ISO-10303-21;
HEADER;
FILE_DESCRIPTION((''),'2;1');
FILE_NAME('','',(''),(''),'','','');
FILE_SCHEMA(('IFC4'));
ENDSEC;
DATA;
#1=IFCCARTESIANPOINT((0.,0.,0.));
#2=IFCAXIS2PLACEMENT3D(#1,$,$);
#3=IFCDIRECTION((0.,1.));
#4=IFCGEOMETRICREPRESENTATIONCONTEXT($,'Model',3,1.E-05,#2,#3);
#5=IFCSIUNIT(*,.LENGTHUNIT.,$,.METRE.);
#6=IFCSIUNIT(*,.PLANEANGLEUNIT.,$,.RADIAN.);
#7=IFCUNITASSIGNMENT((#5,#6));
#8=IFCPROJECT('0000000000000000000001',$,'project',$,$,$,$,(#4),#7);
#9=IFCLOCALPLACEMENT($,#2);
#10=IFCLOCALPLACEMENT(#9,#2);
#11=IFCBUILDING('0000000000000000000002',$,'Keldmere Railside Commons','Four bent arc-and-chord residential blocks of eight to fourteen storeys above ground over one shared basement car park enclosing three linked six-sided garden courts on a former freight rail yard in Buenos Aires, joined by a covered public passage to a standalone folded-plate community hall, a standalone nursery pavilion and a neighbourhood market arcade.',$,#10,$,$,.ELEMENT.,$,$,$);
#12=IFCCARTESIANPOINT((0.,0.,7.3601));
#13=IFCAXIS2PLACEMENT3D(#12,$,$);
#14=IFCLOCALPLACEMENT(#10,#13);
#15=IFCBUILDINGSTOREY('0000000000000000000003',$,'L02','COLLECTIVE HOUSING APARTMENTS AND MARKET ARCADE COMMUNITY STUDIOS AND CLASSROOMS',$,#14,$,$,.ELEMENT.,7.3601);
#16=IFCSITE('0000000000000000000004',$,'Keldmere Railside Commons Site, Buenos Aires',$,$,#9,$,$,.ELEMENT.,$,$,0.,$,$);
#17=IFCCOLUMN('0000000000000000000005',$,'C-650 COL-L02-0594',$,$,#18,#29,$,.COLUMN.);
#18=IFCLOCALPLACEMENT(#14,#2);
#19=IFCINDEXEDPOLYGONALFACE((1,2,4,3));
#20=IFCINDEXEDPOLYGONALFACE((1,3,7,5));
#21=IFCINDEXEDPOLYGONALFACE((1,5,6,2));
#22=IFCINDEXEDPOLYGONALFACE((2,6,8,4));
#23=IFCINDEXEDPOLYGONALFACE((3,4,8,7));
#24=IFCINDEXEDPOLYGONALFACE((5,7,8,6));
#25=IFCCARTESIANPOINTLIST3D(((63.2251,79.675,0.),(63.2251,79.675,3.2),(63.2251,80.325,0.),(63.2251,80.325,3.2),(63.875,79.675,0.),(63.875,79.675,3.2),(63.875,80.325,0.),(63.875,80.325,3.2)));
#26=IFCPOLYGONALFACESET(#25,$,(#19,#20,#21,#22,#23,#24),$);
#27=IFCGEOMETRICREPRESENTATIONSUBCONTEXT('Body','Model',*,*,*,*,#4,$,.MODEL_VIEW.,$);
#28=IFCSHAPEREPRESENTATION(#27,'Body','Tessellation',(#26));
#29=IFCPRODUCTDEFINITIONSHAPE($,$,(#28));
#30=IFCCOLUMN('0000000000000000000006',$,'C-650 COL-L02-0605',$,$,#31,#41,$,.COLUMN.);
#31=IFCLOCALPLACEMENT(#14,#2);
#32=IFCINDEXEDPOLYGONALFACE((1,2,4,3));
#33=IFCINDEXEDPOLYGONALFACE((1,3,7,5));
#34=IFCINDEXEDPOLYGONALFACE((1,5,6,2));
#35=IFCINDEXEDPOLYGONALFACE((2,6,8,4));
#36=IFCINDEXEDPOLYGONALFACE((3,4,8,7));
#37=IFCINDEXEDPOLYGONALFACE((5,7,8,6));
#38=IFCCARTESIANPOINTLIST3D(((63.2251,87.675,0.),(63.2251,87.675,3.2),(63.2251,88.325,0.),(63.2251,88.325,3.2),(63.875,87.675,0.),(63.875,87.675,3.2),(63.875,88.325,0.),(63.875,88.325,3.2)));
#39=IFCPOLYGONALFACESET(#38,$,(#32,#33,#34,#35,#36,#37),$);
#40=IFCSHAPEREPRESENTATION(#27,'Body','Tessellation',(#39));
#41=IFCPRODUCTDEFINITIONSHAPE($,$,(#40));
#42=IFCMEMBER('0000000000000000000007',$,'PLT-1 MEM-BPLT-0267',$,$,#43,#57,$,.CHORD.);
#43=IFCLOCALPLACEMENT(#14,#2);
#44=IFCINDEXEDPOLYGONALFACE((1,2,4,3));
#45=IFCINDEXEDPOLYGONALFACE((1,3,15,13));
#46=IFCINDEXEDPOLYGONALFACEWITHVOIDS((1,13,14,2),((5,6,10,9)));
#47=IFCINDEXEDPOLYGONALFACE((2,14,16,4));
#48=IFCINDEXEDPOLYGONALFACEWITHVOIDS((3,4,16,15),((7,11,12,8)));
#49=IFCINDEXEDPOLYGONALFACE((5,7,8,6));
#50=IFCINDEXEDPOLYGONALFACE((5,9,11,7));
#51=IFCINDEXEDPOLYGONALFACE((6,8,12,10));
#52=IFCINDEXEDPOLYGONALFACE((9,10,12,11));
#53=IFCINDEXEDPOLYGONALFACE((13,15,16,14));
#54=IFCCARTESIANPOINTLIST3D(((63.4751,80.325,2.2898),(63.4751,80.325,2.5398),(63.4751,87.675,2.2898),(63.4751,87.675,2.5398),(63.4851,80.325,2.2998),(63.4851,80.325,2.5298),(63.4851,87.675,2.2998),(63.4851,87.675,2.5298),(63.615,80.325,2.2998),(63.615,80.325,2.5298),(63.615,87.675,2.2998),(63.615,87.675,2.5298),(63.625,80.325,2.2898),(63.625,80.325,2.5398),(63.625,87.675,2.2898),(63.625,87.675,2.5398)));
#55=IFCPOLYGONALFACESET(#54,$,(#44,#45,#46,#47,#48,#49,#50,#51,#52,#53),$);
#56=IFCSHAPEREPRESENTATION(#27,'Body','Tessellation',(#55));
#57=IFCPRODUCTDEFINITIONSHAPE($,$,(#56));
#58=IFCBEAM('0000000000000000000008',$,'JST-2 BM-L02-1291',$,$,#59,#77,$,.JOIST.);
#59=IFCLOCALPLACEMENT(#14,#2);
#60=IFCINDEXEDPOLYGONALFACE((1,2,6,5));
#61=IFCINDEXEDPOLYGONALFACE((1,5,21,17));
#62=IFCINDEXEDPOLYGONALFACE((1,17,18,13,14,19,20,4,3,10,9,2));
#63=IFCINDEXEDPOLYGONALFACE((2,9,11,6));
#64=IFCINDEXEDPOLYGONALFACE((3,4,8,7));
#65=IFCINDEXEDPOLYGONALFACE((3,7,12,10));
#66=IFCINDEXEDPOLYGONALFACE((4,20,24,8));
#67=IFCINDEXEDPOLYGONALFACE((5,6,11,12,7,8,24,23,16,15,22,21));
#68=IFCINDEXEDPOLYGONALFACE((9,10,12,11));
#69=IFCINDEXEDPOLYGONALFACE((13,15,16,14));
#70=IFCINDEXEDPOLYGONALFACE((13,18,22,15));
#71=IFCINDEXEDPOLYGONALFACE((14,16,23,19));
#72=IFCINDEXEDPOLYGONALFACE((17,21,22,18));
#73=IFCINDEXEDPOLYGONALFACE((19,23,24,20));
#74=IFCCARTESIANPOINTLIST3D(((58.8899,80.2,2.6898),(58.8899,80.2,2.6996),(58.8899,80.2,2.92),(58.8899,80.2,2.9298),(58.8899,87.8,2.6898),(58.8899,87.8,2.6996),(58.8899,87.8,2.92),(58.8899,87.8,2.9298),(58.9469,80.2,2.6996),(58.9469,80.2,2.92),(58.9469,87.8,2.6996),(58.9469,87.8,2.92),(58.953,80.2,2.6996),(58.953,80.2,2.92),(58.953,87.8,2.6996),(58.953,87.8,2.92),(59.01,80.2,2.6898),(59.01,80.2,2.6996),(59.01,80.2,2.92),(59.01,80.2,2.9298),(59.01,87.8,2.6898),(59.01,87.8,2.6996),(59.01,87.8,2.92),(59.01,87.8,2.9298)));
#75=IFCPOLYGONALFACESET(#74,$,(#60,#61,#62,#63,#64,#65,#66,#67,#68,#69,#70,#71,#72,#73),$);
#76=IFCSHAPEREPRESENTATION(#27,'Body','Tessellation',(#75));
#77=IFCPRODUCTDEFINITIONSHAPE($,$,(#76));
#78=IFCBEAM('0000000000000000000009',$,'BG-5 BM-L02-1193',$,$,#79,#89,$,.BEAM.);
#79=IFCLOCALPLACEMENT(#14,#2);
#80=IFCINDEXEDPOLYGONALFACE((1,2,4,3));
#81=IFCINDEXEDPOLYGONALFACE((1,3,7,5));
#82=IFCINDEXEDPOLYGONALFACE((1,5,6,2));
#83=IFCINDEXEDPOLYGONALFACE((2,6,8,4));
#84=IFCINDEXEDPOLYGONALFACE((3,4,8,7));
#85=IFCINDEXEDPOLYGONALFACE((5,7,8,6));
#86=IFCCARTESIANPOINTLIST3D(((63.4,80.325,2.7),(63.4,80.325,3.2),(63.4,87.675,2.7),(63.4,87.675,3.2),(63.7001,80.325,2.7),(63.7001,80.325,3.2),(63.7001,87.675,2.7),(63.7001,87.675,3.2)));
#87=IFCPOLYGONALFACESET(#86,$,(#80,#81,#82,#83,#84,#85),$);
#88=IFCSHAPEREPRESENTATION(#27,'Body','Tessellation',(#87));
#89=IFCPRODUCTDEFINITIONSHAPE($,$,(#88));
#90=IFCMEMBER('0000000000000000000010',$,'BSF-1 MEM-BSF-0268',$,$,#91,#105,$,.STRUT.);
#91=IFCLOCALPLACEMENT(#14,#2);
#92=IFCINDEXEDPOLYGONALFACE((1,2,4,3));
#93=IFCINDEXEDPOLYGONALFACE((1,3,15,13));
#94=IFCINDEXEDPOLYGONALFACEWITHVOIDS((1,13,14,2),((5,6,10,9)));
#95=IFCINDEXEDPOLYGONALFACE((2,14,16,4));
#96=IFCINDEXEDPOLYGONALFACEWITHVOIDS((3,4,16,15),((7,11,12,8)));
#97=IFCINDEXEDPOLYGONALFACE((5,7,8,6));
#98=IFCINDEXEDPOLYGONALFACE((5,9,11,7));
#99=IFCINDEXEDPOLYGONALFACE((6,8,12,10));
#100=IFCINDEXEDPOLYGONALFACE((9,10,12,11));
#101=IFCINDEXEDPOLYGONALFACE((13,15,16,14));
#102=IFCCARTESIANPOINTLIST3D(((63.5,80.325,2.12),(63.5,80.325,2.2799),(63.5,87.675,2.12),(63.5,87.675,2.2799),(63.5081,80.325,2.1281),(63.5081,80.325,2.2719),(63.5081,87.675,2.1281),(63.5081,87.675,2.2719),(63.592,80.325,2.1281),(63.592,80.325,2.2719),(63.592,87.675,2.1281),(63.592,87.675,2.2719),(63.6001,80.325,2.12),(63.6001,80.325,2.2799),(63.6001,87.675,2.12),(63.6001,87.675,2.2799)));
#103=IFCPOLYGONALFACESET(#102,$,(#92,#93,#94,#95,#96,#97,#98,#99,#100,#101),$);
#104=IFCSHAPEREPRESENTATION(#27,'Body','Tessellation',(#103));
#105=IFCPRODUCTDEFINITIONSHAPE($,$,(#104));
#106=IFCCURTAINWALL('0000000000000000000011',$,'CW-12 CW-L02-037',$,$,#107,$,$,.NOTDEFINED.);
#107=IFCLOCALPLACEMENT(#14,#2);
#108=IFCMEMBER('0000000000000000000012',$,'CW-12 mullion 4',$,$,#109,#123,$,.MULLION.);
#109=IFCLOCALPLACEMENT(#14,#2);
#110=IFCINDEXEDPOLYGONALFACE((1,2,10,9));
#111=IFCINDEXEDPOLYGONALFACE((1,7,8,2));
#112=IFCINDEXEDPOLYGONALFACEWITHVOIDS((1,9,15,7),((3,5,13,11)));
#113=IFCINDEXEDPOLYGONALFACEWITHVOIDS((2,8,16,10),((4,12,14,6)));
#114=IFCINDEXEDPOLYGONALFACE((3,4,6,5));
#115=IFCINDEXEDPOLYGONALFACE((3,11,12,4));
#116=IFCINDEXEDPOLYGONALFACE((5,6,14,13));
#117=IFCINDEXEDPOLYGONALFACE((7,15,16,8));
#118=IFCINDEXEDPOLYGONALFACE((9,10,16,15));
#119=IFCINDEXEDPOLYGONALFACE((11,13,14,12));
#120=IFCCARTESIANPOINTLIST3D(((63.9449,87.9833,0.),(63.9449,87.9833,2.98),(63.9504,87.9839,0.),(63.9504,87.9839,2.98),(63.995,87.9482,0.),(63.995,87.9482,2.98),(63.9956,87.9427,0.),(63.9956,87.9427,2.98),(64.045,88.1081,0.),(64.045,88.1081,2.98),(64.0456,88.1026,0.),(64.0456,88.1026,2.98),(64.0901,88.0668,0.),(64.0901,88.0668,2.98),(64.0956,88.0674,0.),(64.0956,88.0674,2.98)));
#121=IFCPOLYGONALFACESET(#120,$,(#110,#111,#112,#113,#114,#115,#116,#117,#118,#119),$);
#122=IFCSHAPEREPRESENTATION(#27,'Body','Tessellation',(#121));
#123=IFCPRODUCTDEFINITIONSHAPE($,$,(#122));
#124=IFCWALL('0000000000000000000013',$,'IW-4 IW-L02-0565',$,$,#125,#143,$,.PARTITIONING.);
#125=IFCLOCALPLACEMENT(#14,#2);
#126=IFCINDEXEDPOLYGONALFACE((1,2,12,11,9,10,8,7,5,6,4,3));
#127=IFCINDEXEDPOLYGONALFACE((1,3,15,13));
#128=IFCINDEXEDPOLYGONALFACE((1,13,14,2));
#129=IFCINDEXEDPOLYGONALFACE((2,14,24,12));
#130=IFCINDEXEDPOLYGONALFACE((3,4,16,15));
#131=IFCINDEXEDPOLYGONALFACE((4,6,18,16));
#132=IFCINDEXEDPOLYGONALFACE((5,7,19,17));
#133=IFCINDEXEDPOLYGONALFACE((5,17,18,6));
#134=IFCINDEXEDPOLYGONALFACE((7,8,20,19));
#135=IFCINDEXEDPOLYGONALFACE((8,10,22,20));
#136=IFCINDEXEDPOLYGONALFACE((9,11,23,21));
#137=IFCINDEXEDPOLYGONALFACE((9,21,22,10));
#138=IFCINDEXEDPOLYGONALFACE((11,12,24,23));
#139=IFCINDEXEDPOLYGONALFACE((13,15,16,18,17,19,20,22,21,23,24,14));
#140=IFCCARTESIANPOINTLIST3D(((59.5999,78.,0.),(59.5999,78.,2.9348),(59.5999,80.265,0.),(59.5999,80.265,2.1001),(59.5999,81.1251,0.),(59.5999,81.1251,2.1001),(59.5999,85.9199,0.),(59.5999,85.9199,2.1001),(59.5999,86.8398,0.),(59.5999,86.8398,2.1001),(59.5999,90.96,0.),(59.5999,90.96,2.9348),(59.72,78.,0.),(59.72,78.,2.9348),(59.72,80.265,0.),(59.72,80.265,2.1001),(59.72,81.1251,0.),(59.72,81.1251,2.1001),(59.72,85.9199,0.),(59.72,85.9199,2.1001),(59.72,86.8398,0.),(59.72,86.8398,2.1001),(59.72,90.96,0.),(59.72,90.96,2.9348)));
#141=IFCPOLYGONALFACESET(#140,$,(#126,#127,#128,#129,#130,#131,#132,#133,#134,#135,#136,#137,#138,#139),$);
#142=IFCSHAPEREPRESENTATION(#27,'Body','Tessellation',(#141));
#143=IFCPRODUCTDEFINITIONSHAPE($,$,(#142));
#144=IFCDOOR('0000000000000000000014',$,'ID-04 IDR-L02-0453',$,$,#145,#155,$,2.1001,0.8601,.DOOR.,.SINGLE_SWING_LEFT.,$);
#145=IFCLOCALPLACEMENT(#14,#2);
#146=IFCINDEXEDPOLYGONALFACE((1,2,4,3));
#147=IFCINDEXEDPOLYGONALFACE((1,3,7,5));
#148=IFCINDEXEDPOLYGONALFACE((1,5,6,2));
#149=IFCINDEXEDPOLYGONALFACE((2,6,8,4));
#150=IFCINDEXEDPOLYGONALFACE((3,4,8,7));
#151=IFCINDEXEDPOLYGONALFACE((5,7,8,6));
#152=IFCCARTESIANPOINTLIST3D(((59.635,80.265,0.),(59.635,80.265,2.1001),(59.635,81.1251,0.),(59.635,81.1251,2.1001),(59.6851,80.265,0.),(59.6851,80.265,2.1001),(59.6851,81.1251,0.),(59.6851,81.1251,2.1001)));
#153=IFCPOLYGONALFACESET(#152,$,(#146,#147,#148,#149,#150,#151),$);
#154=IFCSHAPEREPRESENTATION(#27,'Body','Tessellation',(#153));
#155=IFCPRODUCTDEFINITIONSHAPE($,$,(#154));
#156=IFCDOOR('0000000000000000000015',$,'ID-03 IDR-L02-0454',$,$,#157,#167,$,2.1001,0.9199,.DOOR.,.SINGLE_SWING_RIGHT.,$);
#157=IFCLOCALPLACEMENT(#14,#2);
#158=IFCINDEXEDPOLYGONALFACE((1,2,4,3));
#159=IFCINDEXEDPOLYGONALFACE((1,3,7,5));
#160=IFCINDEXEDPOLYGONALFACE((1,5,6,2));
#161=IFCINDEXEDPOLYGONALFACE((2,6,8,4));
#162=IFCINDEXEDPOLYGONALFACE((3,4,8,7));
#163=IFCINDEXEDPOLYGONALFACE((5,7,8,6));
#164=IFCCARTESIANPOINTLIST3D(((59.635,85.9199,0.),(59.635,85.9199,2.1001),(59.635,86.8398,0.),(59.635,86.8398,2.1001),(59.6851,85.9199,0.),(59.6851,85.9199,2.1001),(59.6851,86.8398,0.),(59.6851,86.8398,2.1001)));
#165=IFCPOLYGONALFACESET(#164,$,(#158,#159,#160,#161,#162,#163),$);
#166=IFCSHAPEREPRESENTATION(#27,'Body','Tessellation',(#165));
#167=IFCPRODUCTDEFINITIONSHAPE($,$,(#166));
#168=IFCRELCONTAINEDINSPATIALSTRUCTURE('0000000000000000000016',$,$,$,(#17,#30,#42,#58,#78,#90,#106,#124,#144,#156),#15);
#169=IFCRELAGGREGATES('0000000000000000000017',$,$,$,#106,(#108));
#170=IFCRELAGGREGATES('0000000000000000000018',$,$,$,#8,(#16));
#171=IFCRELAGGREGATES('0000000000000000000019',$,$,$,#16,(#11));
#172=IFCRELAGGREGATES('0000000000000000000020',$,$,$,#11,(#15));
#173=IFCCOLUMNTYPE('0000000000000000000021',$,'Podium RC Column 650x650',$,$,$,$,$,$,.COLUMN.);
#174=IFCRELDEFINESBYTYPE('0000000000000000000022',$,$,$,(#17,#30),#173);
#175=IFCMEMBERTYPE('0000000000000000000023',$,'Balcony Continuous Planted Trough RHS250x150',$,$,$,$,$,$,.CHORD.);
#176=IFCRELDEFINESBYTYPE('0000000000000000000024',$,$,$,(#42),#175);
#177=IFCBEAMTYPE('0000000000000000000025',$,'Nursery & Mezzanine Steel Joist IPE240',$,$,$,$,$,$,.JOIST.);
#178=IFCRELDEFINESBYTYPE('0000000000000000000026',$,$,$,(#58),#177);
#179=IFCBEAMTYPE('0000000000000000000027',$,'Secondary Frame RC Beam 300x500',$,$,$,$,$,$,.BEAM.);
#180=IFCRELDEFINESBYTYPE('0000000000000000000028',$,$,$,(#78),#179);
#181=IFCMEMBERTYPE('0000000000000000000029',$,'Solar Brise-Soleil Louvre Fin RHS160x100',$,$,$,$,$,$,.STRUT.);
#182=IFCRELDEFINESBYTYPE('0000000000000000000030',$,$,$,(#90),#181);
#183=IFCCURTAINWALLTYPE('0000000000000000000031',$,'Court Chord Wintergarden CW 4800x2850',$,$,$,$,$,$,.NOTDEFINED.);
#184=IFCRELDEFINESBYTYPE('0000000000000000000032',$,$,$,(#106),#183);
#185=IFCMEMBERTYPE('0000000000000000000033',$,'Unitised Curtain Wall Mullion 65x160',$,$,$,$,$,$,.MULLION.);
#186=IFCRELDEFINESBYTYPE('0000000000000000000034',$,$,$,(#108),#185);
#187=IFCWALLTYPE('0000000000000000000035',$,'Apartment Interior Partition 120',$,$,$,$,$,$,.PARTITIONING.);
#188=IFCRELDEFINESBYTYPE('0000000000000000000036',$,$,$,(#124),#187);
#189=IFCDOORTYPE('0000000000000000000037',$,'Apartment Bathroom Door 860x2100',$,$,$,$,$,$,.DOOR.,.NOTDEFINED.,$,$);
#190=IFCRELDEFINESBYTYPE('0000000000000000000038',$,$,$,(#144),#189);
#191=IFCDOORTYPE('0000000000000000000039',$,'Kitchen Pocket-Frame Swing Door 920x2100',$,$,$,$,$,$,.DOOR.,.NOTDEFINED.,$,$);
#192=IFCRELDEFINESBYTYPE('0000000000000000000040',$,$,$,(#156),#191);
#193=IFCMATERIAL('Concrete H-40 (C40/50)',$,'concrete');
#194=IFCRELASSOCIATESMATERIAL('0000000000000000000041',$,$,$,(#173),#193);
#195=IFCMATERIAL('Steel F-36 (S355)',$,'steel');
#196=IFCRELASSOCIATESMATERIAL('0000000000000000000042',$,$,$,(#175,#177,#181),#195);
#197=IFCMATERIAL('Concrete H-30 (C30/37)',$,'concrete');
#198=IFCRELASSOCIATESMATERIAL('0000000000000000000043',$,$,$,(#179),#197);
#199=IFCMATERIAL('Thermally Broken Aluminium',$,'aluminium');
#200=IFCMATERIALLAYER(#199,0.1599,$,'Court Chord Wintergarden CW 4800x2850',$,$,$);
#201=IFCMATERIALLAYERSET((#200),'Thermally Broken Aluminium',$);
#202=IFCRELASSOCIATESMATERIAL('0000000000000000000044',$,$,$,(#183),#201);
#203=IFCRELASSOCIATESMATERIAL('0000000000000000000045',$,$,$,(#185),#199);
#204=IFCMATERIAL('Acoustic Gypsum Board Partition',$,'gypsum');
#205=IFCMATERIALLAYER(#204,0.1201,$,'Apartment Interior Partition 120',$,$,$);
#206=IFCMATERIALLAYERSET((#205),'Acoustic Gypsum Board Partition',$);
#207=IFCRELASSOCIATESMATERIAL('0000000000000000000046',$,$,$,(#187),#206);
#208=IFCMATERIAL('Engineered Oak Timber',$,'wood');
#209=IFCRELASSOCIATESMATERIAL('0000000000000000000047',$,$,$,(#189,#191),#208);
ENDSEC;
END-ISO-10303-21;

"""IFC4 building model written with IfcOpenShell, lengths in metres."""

from ifc_helpers import new_model, si_unit, direction, frame, frame_2d, origin, origin_2d, place, context, subcontext, project, spatial, rectangle, hollow_rectangle, i_section, extrude, material, layer, layer_set, material_profile, profile_set, type_object, element, fill, aggregate, save


model = new_model("IFC4")

# Units and contexts
model_context = context("Model", 3, precision=1e-05, world=origin(), true_north=direction((0.0, 1.0)))
body_context = subcontext(model_context, "Body", "Model", "MODEL_VIEW")
ifc_project = project(units=[si_unit("LENGTHUNIT", "METRE"), si_unit("PLANEANGLEUNIT", "RADIAN")], contexts=[model_context])

# Site, building, storey
site_placement = place(None, origin())
site = spatial("IfcSite", under=ifc_project, at=site_placement, Name="Keldmere Railside Commons Site, Buenos Aires", CompositionType="ELEMENT", RefElevation=0.0)
building_placement = place(site_placement, origin())
building = spatial("IfcBuilding", under=site, at=building_placement, Name="Keldmere Railside Commons", Description="Four bent arc-and-chord residential blocks of eight to fourteen storeys above ground over one shared basement car park enclosing three linked six-sided garden courts on a former freight rail yard in Buenos Aires, joined by a covered public passage to a standalone folded-plate community hall, a standalone nursery pavilion and a neighbourhood market arcade.", CompositionType="ELEMENT")
storey_placement = place(building_placement, frame((0.0, 0.0, 7.3601)))
storey = spatial("IfcBuildingStorey", under=building, at=storey_placement, Name="L02", Description="COLLECTIVE HOUSING APARTMENTS AND MARKET ARCADE COMMUNITY STUDIOS AND CLASSROOMS", CompositionType="ELEMENT", Elevation=7.3601)

# Columns
ifc_material_1 = material(Name="Concrete H-40 (C40/50)", Category="concrete")
ifc_material_profile_1 = material_profile(ifc_material_1, rectangle(XDim=0.6499, YDim=0.6499, at=origin_2d()), Name="RC-650x650")
ifc_profile_set_1 = profile_set([ifc_material_profile_1], Name="Concrete H-40 (C40/50)")
column_type = type_object("IfcColumnType", Name="Podium RC Column 650x650", PredefinedType="COLUMN", material=ifc_profile_set_1)
for number, where, z_axis, x_axis, name in (
    (1, (63.55, 80.0, 0.0), (0.0, 0.0, 1.0), (1.0, 0.0, 0.0), "C-650 COL-L02-0594"),
    (2, (63.55, 88.0, 0.0), (0.0, 0.0, 1.0), (1.0, 0.0, 0.0), "C-650 COL-L02-0605"),
):
    element("IfcColumn", number, at=place(storey_placement, frame(where, z_axis=z_axis, x_axis=x_axis)), inside=storey, type_object=column_type, Name=name, PredefinedType="COLUMN", context=body_context, shape_type="SweptSolid", body=[
        extrude(rectangle(XDim=0.6499, YDim=0.6499, at=origin_2d()), origin(), (0.0, 0.0, 1.0), 3.2),
    ])

# Member
ifc_material_2 = material(Name="Steel F-36 (S355)", Category="steel")
ifc_material_profile_2 = material_profile(ifc_material_2, hollow_rectangle(XDim=0.1499, YDim=0.25, WallThickness=0.01, at=origin_2d()), Name="RHS-250x150x10")
ifc_profile_set_2 = profile_set([ifc_material_profile_2], Name="Steel F-36 (S355)")
member_type_1 = type_object("IfcMemberType", Name="Balcony Continuous Planted Trough RHS250x150", PredefinedType="CHORD", material=ifc_profile_set_2)
member_1_placement = place(storey_placement, frame((63.55, 80.325, 2.4148), z_axis=(0.0, 1.0, 0.0), x_axis=(-1.0, 0.0, 0.0)))
element("IfcMember", 3, at=member_1_placement, inside=storey, type_object=member_type_1, Name="PLT-1 MEM-BPLT-0267", PredefinedType="CHORD", context=body_context, shape_type="SweptSolid", body=[
    extrude(hollow_rectangle(XDim=0.1499, YDim=0.25, WallThickness=0.01, at=origin_2d()), origin(), (0.0, 0.0, 1.0), 7.3501),
])

# Beams
ifc_material_profile_3 = material_profile(ifc_material_2, i_section(OverallWidth=0.1201, OverallDepth=0.24, WebThickness=0.0061, FlangeThickness=0.0098, at=origin_2d()), Name="IPE-240")
ifc_profile_set_3 = profile_set([ifc_material_profile_3], Name="Steel F-36 (S355)")
beam_type_1 = type_object("IfcBeamType", Name="Nursery & Mezzanine Steel Joist IPE240", PredefinedType="JOIST", material=ifc_profile_set_3)
beam_1_placement = place(storey_placement, frame((58.95, 80.2, 2.8098), z_axis=(0.0, 1.0, 0.0), x_axis=(-1.0, 0.0, 0.0)))
element("IfcBeam", 4, at=beam_1_placement, inside=storey, type_object=beam_type_1, Name="JST-2 BM-L02-1291", PredefinedType="JOIST", context=body_context, shape_type="SweptSolid", body=[
    extrude(i_section(OverallWidth=0.1201, OverallDepth=0.24, WebThickness=0.0061, FlangeThickness=0.0098, at=origin_2d()), origin(), (0.0, 0.0, 1.0), 7.6001),
])
ifc_material_3 = material(Name="Concrete H-30 (C30/37)", Category="concrete")
ifc_material_profile_4 = material_profile(ifc_material_3, rectangle(XDim=0.3, YDim=0.5, at=origin_2d()), Name="RC-300x500")
ifc_profile_set_4 = profile_set([ifc_material_profile_4], Name="Concrete H-30 (C30/37)")
beam_type_2 = type_object("IfcBeamType", Name="Secondary Frame RC Beam 300x500", PredefinedType="BEAM", material=ifc_profile_set_4)
beam_2_placement = place(storey_placement, frame((63.55, 80.325, 2.95), z_axis=(0.0, 1.0, 0.0), x_axis=(-1.0, 0.0, 0.0)))
element("IfcBeam", 5, at=beam_2_placement, inside=storey, type_object=beam_type_2, Name="BG-5 BM-L02-1193", PredefinedType="BEAM", context=body_context, shape_type="SweptSolid", body=[
    extrude(rectangle(XDim=0.3, YDim=0.5, at=origin_2d()), origin(), (0.0, 0.0, 1.0), 7.3501),
])

# Member
ifc_material_profile_5 = material_profile(ifc_material_2, hollow_rectangle(XDim=0.1001, YDim=0.1599, WallThickness=0.0081, at=origin_2d()), Name="RHS-160x100x8")
ifc_profile_set_5 = profile_set([ifc_material_profile_5], Name="Steel F-36 (S355)")
member_type_2 = type_object("IfcMemberType", Name="Solar Brise-Soleil Louvre Fin RHS160x100", PredefinedType="STRUT", material=ifc_profile_set_5)
member_2_placement = place(storey_placement, frame((63.55, 80.325, 2.2), z_axis=(0.0, 1.0, 0.0), x_axis=(-1.0, 0.0, 0.0)))
element("IfcMember", 6, at=member_2_placement, inside=storey, type_object=member_type_2, Name="BSF-1 MEM-BSF-0268", PredefinedType="STRUT", context=body_context, shape_type="SweptSolid", body=[
    extrude(hollow_rectangle(XDim=0.1001, YDim=0.1599, WallThickness=0.0081, at=origin_2d()), origin(), (0.0, 0.0, 1.0), 7.3501),
])

# Curtain wall, member
ifc_material_4 = material(Name="Thermally Broken Aluminium", Category="aluminium")
ifc_layer_1 = layer(ifc_material_4, 0.1599, Name="Court Chord Wintergarden CW 4800x2850")
ifc_layer_set_1 = layer_set([ifc_layer_1], Name="Thermally Broken Aluminium")
curtain_wall_type = type_object("IfcCurtainWallType", Name="Court Chord Wintergarden CW 4800x2850", PredefinedType="NOTDEFINED", material=ifc_layer_set_1)
curtain_wall_placement = place(storey_placement, origin())
curtain_wall = element("IfcCurtainWall", 7, at=curtain_wall_placement, inside=storey, type_object=curtain_wall_type, Name="CW-12 CW-L02-037", PredefinedType="NOTDEFINED")
ifc_material_profile_6 = material_profile(ifc_material_4, hollow_rectangle(XDim=0.0649, YDim=0.1599, WallThickness=0.0039, at=origin_2d()), Name="ALU-MULL-65x160")
ifc_profile_set_6 = profile_set([ifc_material_profile_6], Name="Thermally Broken Aluminium")
member_type_3 = type_object("IfcMemberType", Name="Unitised Curtain Wall Mullion 65x160", PredefinedType="MULLION", material=ifc_profile_set_6)
member_3_placement = place(storey_placement, frame((64.0203, 88.0254, 0.0), z_axis=(0.0, 0.0, 1.0), x_axis=(0.780009, -0.625768, 0.0)))
member_3 = element("IfcMember", 8, at=member_3_placement, type_object=member_type_3, Name="CW-12 mullion 4", PredefinedType="MULLION", context=body_context, shape_type="SweptSolid", body=[
    extrude(hollow_rectangle(XDim=0.0649, YDim=0.1599, WallThickness=0.0039, at=origin_2d()), origin(), (0.0, 0.0, 1.0), 2.98),
])
aggregate(curtain_wall, [member_3])

# Wall, openings, doors
ifc_material_5 = material(Name="Acoustic Gypsum Board Partition", Category="gypsum")
ifc_layer_2 = layer(ifc_material_5, 0.1201, Name="Apartment Interior Partition 120")
ifc_layer_set_2 = layer_set([ifc_layer_2], Name="Acoustic Gypsum Board Partition")
wall_type_1 = type_object("IfcWallType", Name="Apartment Interior Partition 120", PredefinedType="PARTITIONING", material=ifc_layer_set_2)
wall_1_placement = place(storey_placement, frame((59.6599, 78.0, 0.0), z_axis=(0.0, 0.0, 1.0), x_axis=(0.0, 1.0, 0.0)))
wall_1 = element("IfcWall", 9, at=wall_1_placement, inside=storey, type_object=wall_type_1, Name="IW-4 IW-L02-0565", PredefinedType="PARTITIONING", context=body_context, shape_type="SweptSolid", body=[
    extrude(rectangle(XDim=12.96, YDim=0.1201, at=frame_2d((6.48, 0.0))), origin(), (0.0, 0.0, 1.0), 2.9348),
])
opening_1_placement = place(wall_1_placement, frame((2.2649, 0.0, 0.0)))
opening_1 = element("IfcOpeningElement", 10, at=opening_1_placement, cuts=wall_1, PredefinedType="OPENING", context=body_context, shape_type="SweptSolid", body=[
    extrude(rectangle(XDim=0.8601, YDim=2.1001, at=frame_2d((0.4302, 1.05))), frame((0.0, 0.0701, 0.0), z_axis=(0.0, -1.0, 0.0), x_axis=(1.0, 0.0, 0.0)), (0.0, 0.0, 1.0), 0.1401),
])
opening_2_placement = place(wall_1_placement, frame((7.9199, 0.0, 0.0)))
opening_2 = element("IfcOpeningElement", 11, at=opening_2_placement, cuts=wall_1, PredefinedType="OPENING", context=body_context, shape_type="SweptSolid", body=[
    extrude(rectangle(XDim=0.9199, YDim=2.1001, at=frame_2d((0.46, 1.05))), frame((0.0, 0.0701, 0.0), z_axis=(0.0, -1.0, 0.0), x_axis=(1.0, 0.0, 0.0)), (0.0, 0.0, 1.0), 0.1401),
])
ifc_material_6 = material(Name="Engineered Oak Timber", Category="wood")
door_type_1 = type_object("IfcDoorType", Name="Apartment Bathroom Door 860x2100", OperationType="NOTDEFINED", PredefinedType="DOOR", material=ifc_material_6)
door_1_placement = place(opening_1_placement, origin())
door_1 = element("IfcDoor", 12, at=door_1_placement, inside=storey, type_object=door_type_1, Name="ID-04 IDR-L02-0453", OperationType="SINGLE_SWING_LEFT", OverallHeight=2.1001, OverallWidth=0.8601, PredefinedType="DOOR", context=body_context, shape_type="SweptSolid", body=[
    extrude(rectangle(XDim=0.8601, YDim=2.1001, at=frame_2d((0.4302, 1.05))), frame((0.0, 0.0249, 0.0), z_axis=(0.0, -1.0, 0.0), x_axis=(1.0, 0.0, 0.0)), (0.0, 0.0, 1.0), 0.05),
])
fill(opening_1, door_1)
door_type_2 = type_object("IfcDoorType", Name="Kitchen Pocket-Frame Swing Door 920x2100", OperationType="NOTDEFINED", PredefinedType="DOOR", material=ifc_material_6)
door_2_placement = place(opening_2_placement, origin())
door_2 = element("IfcDoor", 13, at=door_2_placement, inside=storey, type_object=door_type_2, Name="ID-03 IDR-L02-0454", OperationType="SINGLE_SWING_RIGHT", OverallHeight=2.1001, OverallWidth=0.9199, PredefinedType="DOOR", context=body_context, shape_type="SweptSolid", body=[
    extrude(rectangle(XDim=0.9199, YDim=2.1001, at=frame_2d((0.46, 1.05))), frame((0.0, 0.0249, 0.0), z_axis=(0.0, -1.0, 0.0), x_axis=(1.0, 0.0, 0.0)), (0.0, 0.0, 1.0), 0.05),
])
fill(opening_2, door_2)

save(model, "model.ifc")
